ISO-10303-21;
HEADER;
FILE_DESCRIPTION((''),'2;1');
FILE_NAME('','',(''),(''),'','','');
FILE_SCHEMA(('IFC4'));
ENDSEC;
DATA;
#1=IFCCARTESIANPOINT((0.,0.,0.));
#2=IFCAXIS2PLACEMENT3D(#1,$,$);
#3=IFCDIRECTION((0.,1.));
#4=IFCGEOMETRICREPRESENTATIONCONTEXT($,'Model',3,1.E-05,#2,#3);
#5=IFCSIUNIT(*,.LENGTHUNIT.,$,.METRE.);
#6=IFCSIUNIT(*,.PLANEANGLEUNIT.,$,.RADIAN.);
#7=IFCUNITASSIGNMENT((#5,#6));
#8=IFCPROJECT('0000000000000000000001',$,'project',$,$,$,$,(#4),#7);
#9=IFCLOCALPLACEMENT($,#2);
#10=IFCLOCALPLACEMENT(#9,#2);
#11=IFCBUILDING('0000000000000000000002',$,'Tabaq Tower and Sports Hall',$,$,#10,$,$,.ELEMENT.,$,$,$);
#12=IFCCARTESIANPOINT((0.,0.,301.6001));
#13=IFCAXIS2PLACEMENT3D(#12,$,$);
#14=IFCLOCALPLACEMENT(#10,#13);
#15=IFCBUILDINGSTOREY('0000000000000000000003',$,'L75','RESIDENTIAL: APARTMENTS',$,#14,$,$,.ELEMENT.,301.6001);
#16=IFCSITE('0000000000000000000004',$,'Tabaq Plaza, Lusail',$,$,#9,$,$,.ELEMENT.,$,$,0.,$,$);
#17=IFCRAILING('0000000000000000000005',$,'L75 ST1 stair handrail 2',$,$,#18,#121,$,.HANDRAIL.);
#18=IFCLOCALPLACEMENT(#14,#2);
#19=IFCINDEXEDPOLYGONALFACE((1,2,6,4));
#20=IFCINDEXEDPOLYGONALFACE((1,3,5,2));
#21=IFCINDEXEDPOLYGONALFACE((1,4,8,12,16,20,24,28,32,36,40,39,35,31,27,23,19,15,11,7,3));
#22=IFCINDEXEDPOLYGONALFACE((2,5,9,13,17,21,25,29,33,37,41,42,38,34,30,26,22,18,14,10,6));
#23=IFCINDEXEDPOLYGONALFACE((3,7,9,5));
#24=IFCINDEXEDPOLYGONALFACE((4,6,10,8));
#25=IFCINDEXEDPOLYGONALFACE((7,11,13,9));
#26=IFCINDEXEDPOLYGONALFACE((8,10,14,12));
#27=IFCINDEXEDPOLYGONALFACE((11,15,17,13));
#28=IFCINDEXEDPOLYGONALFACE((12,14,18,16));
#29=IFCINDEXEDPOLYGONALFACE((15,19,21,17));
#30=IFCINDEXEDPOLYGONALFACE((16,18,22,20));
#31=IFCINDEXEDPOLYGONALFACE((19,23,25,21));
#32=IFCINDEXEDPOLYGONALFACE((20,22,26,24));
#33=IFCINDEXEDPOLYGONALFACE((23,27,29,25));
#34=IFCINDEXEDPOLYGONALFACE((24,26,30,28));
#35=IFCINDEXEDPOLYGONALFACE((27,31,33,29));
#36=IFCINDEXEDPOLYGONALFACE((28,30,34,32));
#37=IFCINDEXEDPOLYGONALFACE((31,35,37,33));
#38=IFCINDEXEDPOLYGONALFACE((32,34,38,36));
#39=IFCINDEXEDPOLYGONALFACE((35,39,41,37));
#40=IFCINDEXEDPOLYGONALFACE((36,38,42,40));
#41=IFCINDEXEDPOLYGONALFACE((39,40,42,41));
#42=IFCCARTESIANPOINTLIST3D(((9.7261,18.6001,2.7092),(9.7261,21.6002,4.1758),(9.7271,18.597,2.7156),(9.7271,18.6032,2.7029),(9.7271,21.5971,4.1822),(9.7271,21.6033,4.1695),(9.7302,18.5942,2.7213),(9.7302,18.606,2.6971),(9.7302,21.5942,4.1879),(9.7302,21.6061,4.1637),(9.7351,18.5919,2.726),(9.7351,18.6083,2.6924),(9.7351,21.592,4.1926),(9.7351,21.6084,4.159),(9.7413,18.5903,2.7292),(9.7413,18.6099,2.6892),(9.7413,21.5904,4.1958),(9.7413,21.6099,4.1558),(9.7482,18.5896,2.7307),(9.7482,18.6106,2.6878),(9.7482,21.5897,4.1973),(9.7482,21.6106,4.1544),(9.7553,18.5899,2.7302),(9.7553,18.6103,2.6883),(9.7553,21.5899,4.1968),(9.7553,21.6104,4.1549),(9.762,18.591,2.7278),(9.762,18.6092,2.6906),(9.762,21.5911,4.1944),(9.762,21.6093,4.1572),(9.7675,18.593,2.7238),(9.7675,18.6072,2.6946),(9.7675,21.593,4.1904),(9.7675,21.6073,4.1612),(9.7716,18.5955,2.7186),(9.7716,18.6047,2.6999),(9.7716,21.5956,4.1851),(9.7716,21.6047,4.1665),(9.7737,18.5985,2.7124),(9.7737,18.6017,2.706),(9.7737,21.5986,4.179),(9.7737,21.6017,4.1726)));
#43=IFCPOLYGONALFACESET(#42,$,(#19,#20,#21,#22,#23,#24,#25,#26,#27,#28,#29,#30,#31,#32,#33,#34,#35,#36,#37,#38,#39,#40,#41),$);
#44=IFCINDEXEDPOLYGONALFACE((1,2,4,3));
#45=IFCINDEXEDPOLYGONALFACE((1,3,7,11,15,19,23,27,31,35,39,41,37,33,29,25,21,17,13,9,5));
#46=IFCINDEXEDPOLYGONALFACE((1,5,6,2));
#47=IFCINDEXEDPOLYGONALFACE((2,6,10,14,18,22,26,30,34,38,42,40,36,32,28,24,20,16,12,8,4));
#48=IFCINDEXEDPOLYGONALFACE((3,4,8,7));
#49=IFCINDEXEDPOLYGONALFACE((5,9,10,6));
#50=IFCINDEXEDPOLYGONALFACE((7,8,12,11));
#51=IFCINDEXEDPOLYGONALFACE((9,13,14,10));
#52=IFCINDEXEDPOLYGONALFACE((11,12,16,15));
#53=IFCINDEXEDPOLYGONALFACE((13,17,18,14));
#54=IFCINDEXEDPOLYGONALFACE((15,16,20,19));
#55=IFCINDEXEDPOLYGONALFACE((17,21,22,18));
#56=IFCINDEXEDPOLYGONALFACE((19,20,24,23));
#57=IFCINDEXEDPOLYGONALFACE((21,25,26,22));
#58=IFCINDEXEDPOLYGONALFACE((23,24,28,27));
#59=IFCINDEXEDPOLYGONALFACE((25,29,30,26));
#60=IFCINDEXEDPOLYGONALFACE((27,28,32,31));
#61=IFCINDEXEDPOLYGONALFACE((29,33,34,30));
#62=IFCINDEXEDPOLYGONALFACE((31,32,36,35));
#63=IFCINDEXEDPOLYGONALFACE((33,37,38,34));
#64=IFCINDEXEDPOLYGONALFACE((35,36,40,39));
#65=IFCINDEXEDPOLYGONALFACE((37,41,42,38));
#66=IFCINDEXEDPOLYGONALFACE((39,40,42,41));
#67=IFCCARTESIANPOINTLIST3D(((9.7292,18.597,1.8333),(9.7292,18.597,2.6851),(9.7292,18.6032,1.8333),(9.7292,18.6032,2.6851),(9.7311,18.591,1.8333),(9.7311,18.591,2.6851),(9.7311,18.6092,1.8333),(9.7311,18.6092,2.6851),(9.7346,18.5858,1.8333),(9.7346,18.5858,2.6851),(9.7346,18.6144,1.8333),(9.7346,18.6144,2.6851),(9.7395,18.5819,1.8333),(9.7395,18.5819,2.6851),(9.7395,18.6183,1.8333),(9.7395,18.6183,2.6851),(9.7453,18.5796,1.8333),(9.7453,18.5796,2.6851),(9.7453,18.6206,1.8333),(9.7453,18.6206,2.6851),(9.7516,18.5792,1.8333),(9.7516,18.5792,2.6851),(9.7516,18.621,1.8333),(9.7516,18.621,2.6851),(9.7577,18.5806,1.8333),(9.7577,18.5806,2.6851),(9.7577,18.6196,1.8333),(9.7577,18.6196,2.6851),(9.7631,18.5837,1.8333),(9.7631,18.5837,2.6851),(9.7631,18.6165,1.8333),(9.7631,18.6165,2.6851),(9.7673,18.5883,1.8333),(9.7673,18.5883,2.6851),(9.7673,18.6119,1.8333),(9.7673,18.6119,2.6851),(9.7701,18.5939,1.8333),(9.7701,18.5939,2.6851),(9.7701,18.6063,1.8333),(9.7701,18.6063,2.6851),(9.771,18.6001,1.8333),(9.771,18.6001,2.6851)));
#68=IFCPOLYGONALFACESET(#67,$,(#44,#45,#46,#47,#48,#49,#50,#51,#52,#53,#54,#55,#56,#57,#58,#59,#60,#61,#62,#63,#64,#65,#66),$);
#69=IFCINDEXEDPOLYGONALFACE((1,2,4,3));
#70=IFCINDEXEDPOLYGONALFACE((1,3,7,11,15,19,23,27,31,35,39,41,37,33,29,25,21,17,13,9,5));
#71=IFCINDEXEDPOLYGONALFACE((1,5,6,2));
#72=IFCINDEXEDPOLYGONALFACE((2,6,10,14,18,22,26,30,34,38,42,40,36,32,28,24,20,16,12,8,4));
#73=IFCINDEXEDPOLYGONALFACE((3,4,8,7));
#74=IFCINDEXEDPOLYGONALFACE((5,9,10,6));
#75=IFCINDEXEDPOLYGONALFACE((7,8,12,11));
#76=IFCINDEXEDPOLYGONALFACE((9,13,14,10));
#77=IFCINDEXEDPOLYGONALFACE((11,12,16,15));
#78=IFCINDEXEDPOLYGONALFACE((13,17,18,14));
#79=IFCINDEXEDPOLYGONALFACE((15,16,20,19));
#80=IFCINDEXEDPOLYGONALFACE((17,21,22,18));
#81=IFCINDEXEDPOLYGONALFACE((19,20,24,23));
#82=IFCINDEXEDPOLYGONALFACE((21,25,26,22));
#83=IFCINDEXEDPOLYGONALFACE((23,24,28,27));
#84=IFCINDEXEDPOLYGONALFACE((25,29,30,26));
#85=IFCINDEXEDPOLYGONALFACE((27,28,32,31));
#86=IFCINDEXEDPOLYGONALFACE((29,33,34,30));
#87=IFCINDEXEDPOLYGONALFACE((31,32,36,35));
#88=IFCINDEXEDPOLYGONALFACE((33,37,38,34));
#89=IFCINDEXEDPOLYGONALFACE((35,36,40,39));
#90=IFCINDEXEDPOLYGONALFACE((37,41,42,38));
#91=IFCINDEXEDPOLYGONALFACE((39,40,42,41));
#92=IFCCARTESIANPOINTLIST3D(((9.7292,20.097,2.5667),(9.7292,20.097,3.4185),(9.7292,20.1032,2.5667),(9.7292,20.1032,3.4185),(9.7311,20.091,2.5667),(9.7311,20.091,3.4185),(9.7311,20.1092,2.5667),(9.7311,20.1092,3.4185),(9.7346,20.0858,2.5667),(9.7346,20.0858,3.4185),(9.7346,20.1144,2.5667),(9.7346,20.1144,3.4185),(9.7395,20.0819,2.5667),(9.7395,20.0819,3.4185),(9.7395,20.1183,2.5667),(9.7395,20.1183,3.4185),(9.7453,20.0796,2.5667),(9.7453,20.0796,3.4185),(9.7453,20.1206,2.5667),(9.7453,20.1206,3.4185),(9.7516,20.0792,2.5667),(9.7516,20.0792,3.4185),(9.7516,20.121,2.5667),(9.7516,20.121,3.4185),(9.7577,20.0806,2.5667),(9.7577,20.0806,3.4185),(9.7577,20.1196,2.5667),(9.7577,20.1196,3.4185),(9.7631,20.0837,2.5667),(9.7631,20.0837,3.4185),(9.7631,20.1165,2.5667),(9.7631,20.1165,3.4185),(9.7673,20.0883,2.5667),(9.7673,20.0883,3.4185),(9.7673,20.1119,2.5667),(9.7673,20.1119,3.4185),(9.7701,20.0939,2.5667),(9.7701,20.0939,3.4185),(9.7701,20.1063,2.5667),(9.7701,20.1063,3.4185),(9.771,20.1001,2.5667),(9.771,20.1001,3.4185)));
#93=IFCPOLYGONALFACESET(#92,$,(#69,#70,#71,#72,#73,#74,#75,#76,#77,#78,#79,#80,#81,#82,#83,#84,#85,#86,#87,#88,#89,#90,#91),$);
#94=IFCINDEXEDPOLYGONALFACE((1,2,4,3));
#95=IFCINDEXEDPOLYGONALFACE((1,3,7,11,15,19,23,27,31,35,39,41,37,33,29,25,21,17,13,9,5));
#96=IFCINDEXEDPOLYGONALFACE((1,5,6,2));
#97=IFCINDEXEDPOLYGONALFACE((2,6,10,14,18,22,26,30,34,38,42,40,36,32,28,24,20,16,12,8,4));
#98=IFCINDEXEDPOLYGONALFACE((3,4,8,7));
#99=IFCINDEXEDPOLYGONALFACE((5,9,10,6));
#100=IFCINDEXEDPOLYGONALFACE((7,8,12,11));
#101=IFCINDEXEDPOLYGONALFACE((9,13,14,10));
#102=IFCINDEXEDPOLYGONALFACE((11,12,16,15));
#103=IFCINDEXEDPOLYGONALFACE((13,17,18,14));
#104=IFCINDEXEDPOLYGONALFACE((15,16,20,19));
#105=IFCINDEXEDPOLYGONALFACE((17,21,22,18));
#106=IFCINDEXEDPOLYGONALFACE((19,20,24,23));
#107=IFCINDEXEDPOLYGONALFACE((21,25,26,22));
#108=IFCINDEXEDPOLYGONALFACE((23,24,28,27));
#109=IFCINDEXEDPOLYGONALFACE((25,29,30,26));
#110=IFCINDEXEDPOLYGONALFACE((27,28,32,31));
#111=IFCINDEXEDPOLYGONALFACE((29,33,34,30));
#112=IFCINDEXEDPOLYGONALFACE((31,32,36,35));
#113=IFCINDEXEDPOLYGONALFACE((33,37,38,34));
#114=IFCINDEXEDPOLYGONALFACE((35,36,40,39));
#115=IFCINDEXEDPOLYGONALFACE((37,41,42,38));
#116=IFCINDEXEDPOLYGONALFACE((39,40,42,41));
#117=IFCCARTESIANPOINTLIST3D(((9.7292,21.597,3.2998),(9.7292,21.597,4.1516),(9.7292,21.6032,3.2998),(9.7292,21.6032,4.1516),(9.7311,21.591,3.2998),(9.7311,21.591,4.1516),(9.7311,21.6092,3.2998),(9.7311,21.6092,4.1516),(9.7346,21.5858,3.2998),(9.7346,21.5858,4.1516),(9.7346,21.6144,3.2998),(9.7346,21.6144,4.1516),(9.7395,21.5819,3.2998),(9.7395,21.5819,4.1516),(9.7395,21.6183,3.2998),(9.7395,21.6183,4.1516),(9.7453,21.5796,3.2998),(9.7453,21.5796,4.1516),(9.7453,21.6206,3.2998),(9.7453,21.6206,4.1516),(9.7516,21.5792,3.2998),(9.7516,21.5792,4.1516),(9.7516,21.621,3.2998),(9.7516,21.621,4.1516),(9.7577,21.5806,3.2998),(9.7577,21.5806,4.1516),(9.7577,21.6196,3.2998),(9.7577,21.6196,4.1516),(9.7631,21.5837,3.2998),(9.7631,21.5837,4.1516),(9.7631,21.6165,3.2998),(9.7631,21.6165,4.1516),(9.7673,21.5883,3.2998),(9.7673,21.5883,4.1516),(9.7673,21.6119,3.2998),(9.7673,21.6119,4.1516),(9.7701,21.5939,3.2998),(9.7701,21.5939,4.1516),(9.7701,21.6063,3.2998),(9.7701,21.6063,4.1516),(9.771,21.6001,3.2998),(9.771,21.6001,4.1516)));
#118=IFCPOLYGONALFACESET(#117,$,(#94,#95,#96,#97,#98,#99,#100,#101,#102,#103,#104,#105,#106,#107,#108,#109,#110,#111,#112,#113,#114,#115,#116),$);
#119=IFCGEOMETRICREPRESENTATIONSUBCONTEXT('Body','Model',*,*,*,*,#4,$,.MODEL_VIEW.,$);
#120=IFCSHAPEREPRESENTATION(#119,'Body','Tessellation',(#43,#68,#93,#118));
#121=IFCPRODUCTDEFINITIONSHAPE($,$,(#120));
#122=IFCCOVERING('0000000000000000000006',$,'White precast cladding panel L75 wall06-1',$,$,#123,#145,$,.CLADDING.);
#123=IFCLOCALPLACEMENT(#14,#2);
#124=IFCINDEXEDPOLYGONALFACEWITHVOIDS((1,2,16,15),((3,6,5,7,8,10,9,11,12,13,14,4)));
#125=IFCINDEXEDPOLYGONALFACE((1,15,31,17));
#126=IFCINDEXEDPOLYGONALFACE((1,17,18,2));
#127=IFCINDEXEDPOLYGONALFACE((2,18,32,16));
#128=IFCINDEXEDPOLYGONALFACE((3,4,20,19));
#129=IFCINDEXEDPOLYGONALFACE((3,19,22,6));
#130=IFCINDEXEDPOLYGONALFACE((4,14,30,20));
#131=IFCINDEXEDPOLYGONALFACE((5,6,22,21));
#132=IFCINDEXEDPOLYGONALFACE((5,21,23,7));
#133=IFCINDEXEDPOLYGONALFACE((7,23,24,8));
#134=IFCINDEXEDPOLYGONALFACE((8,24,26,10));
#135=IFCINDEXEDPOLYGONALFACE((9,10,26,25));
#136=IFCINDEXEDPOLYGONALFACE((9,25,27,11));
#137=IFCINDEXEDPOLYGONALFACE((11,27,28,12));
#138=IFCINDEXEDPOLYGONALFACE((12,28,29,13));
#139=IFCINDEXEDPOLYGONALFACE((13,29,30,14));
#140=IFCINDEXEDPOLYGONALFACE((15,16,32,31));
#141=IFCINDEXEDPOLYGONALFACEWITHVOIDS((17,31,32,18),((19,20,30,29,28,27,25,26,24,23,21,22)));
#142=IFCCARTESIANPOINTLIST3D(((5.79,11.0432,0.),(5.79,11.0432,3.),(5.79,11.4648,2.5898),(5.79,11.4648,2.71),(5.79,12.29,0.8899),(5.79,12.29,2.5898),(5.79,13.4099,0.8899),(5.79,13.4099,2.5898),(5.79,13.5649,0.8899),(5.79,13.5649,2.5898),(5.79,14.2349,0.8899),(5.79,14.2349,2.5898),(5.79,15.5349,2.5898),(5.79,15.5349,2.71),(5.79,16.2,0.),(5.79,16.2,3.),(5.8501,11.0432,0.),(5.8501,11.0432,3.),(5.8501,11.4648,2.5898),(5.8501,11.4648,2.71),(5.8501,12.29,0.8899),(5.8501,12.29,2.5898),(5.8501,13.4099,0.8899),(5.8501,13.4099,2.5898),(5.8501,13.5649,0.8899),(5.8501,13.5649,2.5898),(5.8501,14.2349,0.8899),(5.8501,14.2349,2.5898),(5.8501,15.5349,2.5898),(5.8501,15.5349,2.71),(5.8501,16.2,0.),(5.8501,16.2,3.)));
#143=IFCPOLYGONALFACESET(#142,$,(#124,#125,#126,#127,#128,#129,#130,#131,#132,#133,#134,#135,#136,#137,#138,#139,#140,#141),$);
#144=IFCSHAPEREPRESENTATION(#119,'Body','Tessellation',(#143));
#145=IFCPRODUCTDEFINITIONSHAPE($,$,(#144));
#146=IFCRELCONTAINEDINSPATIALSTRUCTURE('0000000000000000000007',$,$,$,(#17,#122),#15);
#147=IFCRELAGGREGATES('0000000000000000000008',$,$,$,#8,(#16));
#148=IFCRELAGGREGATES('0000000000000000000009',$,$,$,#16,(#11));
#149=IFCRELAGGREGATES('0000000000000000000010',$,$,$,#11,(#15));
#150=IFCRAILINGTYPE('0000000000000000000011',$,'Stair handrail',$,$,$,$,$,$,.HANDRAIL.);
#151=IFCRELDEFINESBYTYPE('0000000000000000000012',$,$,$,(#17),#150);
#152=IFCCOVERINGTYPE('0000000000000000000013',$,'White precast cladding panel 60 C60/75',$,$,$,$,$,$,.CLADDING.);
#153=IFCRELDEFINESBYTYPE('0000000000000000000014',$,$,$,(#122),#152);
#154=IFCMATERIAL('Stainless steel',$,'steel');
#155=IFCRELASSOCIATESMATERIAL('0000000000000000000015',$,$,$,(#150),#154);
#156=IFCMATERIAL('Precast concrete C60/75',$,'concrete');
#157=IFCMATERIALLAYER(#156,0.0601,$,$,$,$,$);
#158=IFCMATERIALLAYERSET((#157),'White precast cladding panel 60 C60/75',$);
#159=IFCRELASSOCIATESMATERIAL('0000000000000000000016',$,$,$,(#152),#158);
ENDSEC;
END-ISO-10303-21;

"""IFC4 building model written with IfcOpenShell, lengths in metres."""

from ifc_helpers import new_model, si_unit, direction, frame, origin, origin_2d, place, context, subcontext, project, spatial, polyline, circle, outline, extrude, material, layer, layer_set, type_object, element, save


model = new_model("IFC4")

# Units and contexts
model_context = context("Model", 3, precision=1e-05, world=origin(), true_north=direction((0.0, 1.0)))
body_context = subcontext(model_context, "Body", "Model", "MODEL_VIEW")
ifc_project = project(units=[si_unit("LENGTHUNIT", "METRE"), si_unit("PLANEANGLEUNIT", "RADIAN")], contexts=[model_context])

# Site, building, storey
site_placement = place(None, origin())
site = spatial("IfcSite", under=ifc_project, at=site_placement, Name="Tabaq Plaza, Lusail", CompositionType="ELEMENT", RefElevation=0.0)
building_placement = place(site_placement, origin())
building = spatial("IfcBuilding", under=site, at=building_placement, Name="Tabaq Tower and Sports Hall", CompositionType="ELEMENT")
storey_placement = place(building_placement, frame((0.0, 0.0, 301.6001)))
storey = spatial("IfcBuildingStorey", under=building, at=storey_placement, Name="L75", Description="RESIDENTIAL: APARTMENTS", CompositionType="ELEMENT", Elevation=301.6001)

# Railing
ifc_material_1 = material(Name="Stainless steel", Category="steel")
railing_type_1 = type_object("IfcRailingType", Name="Stair handrail", PredefinedType="HANDRAIL", material=ifc_material_1)
railing_1_placement = place(storey_placement, frame((9.75, 18.6001, 1.8333)))
element("IfcRailing", 1, at=railing_1_placement, inside=storey, type_object=railing_type_1, Name="L75 ST1 stair handrail 2", PredefinedType="HANDRAIL", context=body_context, shape_type="SweptSolid", body=[
    extrude(circle(Radius=0.0239, at=origin_2d()), frame((0.0, 0.0, 0.876), z_axis=(0.0, 0.898398, 0.439183), x_axis=(-1.0, 0.0, 0.0)), (0.0, 0.0, 1.0), 3.3394),
    extrude(circle(Radius=0.021, at=origin_2d()), origin(), (0.0, 0.0, 1.0), 0.8518),
    extrude(circle(Radius=0.021, at=origin_2d()), frame((0.0, 1.5, 0.7334)), (0.0, 0.0, 1.0), 0.8518),
    extrude(circle(Radius=0.021, at=origin_2d()), frame((0.0, 3.0, 1.4666)), (0.0, 0.0, 1.0), 0.8518),
])

# Covering
ifc_material_2 = material(Name="Precast concrete C60/75", Category="concrete")
ifc_layer_1 = layer(ifc_material_2, 0.0601)
ifc_layer_set_1 = layer_set([ifc_layer_1], Name="White precast cladding panel 60 C60/75")
covering_type = type_object("IfcCoveringType", Name="White precast cladding panel 60 C60/75", PredefinedType="CLADDING", material=ifc_layer_set_1)
covering_placement = place(storey_placement, frame((5.8201, 16.2, 0.0), z_axis=(0.0, 0.0, 1.0), x_axis=(0.0, -1.0, 0.0)))
element("IfcCovering", 2, at=covering_placement, inside=storey, type_object=covering_type, Name="White precast cladding panel L75 wall06-1", PredefinedType="CLADDING", context=body_context, shape_type="SweptSolid", body=[
    extrude(outline(polyline([(0.0, 0.0), (5.1567, 0.0), (5.1567, 3.0), (0.0, 3.0), (0.0, 0.0)]), holes=[polyline([(1.9651, 2.5898), (0.665, 2.5898), (0.665, 2.71), (4.7351, 2.71), (4.7351, 2.5898), (3.9099, 2.5898), (3.9099, 0.8899), (2.79, 0.8899), (2.79, 2.5898), (2.635, 2.5898), (2.635, 0.8899), (1.9651, 0.8899), (1.9651, 2.5898)])]), frame((0.0, 0.03, 0.0), z_axis=(0.0, -1.0, 0.0), x_axis=(1.0, 0.0, 0.0)), (0.0, 0.0, 1.0), 0.0601),
])

save(model, "model.ifc")
